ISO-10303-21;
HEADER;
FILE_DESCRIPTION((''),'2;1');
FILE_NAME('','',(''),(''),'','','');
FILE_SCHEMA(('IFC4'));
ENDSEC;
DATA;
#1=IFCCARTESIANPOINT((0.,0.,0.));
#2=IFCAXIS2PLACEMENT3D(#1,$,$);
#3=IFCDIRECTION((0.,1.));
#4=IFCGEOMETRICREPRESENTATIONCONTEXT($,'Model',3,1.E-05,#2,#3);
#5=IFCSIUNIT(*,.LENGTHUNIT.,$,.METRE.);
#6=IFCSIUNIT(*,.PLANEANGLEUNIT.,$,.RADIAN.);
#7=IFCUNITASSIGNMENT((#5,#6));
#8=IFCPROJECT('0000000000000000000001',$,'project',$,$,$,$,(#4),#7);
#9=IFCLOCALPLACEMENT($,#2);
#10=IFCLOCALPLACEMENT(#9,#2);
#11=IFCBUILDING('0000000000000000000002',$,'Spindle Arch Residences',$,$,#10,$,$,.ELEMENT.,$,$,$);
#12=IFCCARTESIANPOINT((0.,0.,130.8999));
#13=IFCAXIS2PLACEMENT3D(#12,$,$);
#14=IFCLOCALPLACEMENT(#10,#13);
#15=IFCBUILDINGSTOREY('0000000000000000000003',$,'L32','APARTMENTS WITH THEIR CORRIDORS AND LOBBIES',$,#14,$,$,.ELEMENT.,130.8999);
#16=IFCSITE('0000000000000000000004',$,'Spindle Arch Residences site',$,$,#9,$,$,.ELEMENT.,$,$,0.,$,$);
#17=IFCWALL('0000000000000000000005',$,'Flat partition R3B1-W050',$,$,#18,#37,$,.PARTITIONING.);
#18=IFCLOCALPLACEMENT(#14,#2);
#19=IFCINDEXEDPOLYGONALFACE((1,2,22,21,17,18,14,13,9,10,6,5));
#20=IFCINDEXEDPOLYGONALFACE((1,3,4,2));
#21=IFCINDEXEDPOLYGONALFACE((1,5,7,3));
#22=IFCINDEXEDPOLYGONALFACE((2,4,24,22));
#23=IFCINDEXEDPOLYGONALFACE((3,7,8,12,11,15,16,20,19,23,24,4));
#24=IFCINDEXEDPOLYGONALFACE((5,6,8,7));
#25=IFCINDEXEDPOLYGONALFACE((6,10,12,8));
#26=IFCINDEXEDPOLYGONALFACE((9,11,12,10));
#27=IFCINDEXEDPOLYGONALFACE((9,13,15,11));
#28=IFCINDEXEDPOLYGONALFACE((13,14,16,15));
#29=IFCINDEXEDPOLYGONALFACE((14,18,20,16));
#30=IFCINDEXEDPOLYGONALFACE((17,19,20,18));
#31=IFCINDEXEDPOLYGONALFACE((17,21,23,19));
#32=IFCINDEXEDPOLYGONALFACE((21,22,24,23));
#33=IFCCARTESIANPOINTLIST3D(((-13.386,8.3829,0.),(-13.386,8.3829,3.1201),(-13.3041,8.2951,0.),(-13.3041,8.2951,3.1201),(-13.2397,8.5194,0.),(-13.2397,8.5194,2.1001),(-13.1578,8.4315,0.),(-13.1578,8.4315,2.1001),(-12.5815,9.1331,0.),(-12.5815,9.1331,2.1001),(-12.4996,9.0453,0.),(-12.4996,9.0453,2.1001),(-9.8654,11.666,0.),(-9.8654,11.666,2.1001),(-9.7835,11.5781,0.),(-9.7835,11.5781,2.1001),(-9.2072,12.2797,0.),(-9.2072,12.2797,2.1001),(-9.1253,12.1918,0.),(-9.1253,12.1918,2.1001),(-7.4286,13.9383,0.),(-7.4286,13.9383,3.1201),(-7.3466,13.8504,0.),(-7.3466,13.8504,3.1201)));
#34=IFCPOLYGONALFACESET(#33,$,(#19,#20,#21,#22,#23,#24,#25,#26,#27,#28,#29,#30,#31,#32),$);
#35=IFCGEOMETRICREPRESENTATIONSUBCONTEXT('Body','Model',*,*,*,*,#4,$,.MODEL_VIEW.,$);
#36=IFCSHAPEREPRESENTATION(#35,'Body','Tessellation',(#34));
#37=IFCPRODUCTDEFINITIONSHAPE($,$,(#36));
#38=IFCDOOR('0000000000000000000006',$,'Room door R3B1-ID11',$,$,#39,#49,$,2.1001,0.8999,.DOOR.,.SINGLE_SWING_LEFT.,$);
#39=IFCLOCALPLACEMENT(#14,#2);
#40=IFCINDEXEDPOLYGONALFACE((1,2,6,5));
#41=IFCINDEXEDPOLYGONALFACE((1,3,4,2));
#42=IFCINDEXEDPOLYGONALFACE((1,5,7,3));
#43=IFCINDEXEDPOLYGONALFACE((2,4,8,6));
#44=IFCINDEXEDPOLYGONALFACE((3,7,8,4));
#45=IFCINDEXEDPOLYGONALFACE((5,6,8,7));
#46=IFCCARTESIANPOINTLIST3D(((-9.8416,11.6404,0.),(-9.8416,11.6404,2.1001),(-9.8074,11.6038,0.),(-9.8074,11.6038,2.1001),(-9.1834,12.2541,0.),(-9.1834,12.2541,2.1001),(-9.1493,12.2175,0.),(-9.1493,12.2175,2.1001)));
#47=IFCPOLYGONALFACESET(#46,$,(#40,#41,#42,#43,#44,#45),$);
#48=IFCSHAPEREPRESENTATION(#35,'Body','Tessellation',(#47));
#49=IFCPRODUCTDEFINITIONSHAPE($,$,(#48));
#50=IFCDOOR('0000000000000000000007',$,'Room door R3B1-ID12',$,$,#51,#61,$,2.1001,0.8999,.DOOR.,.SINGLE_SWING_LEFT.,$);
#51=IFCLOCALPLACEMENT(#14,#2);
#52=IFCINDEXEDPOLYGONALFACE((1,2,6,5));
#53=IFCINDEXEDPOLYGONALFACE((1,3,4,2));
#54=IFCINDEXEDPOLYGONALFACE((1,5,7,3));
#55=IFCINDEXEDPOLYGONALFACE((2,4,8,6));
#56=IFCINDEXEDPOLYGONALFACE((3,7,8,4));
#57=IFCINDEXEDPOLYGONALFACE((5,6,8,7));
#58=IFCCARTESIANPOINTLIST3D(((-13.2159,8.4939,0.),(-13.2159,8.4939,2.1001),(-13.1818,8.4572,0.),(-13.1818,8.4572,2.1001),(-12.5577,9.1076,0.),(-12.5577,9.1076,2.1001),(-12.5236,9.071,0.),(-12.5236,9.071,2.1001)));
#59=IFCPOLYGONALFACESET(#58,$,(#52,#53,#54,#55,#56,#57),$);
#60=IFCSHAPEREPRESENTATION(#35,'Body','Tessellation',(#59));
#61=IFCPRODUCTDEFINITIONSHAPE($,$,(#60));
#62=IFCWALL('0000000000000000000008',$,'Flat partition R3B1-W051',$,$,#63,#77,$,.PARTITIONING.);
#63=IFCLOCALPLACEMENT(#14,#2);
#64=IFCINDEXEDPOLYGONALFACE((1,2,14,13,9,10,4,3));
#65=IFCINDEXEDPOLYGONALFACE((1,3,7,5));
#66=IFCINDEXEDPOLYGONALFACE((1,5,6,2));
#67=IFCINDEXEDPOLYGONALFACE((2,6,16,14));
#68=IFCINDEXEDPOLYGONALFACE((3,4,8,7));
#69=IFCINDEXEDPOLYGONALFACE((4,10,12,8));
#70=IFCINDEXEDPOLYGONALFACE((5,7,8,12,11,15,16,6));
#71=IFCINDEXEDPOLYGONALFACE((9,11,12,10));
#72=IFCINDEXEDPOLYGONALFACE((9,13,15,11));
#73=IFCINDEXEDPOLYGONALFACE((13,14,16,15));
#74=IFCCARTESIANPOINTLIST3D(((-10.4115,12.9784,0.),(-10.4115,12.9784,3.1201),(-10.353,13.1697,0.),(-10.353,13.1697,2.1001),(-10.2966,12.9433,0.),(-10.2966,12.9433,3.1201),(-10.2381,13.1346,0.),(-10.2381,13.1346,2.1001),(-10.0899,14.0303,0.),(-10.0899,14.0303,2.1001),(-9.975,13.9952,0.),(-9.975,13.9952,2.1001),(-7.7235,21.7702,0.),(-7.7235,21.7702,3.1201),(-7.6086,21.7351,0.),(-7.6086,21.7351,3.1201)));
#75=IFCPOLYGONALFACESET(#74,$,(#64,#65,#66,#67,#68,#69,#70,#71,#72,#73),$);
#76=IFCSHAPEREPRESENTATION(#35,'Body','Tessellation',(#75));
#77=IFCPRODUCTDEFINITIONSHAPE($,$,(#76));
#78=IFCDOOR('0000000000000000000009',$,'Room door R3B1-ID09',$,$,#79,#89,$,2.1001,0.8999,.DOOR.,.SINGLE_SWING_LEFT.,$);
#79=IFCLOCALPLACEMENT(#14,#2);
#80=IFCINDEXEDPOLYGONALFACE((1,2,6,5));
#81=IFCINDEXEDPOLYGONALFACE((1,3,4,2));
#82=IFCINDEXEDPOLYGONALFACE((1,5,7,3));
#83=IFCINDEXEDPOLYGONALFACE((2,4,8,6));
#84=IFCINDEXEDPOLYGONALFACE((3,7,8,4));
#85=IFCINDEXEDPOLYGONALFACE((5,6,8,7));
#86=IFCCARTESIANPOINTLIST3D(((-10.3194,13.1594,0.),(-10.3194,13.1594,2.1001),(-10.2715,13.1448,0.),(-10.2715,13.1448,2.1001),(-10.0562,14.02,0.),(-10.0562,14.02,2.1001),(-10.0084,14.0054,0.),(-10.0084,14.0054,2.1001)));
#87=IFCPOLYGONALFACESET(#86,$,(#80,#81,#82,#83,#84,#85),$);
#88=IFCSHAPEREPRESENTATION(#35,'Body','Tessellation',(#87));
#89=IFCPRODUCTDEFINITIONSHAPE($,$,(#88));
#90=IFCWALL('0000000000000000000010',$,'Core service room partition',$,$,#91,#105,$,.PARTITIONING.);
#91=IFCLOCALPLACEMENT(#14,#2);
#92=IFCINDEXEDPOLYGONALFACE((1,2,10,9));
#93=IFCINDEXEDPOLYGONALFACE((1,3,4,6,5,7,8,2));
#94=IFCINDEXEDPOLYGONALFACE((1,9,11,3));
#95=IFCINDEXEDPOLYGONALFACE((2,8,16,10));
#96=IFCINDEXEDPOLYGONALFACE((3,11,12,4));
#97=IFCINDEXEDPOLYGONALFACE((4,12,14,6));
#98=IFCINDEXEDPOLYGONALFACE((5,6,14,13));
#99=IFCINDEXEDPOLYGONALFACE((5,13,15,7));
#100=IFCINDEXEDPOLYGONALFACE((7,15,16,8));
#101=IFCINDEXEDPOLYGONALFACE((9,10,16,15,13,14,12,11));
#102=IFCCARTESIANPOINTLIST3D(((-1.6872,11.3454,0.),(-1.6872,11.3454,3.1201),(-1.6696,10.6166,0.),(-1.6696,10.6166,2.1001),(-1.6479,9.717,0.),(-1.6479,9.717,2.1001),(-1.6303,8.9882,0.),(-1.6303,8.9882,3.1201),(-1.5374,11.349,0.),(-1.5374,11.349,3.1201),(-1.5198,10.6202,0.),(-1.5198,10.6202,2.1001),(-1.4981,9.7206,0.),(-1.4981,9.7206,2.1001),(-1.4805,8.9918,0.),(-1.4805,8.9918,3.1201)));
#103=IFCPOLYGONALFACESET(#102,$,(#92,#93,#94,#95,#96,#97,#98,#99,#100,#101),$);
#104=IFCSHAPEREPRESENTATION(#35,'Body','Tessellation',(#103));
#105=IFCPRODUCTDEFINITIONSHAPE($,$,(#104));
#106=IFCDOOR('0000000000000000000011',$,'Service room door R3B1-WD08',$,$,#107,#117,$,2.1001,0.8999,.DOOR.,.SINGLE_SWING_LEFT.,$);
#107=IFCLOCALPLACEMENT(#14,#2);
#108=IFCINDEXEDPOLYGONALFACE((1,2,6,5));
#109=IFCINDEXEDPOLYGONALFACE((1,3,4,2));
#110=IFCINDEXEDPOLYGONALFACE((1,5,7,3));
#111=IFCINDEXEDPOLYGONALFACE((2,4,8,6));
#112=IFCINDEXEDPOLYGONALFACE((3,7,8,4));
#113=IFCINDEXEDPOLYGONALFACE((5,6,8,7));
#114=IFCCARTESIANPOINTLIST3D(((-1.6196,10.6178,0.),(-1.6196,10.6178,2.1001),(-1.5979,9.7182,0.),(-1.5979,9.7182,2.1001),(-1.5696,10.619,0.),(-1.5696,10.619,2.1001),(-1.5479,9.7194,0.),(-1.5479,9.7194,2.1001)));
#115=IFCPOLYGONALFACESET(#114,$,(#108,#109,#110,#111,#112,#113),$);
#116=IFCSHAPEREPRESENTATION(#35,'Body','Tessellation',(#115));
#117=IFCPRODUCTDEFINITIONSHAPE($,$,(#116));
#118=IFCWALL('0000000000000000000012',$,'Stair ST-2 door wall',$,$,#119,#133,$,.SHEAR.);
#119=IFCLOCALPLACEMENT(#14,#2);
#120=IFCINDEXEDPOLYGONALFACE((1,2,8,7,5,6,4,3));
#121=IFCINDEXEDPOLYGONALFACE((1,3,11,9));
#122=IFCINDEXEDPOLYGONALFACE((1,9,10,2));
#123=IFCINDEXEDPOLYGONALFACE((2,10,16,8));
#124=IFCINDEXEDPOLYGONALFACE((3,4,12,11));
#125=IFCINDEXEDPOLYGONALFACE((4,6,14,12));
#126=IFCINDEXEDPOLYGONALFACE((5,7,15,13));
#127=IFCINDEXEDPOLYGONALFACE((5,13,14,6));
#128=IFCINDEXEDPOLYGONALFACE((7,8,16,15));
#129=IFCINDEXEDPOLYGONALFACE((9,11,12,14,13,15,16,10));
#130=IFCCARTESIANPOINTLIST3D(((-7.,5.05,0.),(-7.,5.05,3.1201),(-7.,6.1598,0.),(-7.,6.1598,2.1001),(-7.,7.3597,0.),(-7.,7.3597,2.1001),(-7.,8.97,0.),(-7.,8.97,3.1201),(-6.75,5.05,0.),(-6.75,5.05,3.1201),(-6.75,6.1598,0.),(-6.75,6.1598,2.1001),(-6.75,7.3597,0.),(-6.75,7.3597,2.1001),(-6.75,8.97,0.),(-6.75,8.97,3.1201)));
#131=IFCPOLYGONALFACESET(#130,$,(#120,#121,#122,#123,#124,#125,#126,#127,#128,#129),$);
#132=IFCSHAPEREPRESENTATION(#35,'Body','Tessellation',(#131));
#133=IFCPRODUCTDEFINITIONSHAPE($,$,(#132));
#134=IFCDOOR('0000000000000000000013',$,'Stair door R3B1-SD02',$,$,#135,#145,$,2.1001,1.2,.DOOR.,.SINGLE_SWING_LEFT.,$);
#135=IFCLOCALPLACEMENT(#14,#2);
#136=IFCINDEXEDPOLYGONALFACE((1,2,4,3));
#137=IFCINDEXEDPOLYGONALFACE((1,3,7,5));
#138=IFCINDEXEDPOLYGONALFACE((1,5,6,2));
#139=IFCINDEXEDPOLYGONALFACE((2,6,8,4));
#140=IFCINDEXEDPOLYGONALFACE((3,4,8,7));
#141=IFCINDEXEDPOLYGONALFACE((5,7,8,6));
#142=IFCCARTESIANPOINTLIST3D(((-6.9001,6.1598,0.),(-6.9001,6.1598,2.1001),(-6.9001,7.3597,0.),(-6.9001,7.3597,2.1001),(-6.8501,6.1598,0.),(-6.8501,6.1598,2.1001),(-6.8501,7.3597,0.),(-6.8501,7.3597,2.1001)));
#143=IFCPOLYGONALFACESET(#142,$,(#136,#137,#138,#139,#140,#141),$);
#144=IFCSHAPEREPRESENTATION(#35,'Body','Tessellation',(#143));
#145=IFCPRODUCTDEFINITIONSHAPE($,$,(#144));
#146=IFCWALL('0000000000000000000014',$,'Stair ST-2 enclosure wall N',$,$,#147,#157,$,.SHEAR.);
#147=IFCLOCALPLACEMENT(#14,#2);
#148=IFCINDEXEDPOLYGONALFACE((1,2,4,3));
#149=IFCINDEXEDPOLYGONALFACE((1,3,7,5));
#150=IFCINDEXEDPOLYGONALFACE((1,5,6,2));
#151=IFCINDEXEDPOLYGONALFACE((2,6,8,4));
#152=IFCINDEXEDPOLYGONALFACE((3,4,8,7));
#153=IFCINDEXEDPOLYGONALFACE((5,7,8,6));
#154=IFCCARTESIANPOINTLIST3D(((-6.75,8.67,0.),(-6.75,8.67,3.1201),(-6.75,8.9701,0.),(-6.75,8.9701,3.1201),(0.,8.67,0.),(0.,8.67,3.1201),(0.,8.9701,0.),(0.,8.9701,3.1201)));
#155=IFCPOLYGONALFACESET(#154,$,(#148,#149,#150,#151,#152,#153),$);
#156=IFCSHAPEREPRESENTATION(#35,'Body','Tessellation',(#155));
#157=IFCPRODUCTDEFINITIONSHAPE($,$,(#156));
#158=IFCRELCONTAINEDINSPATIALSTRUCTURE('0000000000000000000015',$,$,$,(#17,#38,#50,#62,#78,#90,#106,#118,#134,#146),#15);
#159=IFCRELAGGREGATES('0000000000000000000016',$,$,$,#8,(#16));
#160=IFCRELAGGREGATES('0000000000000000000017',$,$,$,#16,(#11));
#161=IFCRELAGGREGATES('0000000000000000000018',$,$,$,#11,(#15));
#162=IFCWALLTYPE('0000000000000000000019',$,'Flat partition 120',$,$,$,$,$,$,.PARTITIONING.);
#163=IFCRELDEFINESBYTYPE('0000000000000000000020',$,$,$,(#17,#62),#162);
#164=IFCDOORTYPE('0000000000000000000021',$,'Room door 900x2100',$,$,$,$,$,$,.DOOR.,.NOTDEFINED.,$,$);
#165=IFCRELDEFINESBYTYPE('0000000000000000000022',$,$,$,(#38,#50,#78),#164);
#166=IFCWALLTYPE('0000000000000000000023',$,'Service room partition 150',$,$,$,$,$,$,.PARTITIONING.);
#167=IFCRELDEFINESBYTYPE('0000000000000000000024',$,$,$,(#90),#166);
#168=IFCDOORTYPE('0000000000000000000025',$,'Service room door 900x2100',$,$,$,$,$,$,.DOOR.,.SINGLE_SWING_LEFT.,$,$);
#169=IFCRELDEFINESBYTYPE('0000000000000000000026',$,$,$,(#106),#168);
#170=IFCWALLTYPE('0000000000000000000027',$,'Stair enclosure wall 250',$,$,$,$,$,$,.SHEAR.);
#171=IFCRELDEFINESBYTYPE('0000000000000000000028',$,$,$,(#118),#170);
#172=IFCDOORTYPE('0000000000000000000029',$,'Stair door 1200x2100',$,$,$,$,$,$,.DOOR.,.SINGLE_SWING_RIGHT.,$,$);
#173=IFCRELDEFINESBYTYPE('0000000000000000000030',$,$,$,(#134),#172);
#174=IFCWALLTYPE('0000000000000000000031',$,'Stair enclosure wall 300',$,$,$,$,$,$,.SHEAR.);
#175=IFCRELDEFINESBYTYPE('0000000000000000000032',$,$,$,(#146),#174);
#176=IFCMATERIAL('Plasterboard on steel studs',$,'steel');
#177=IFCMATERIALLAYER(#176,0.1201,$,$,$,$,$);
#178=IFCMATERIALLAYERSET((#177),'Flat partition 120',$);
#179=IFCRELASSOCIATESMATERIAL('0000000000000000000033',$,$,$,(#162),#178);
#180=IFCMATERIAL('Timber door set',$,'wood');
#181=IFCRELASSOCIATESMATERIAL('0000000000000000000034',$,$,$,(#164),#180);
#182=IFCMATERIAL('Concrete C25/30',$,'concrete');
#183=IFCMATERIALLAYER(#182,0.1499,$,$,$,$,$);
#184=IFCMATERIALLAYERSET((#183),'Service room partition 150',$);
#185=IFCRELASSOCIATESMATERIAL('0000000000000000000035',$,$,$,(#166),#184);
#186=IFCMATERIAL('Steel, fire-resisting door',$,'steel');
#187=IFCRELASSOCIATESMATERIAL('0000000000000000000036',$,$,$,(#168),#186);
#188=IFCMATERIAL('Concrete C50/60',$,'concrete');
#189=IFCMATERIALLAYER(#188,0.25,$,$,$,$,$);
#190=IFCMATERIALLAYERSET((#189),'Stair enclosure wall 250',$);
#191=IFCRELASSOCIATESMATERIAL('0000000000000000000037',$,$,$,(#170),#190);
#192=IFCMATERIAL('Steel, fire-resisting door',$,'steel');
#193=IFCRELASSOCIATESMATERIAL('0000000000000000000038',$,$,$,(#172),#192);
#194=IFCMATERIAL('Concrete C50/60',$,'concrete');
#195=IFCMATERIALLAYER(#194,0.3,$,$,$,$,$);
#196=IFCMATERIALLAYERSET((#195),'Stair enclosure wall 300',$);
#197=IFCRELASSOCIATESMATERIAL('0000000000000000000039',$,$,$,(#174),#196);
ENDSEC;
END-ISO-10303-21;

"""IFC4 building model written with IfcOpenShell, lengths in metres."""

from ifc_helpers import new_model, si_unit, direction, frame, frame_2d, origin, place, context, subcontext, project, spatial, rectangle, extrude, material, layer, layer_set, type_object, element, fill, save


model = new_model("IFC4")

# Units and contexts
model_context = context("Model", 3, precision=1e-05, world=origin(), true_north=direction((0.0, 1.0)))
body_context = subcontext(model_context, "Body", "Model", "MODEL_VIEW")
ifc_project = project(units=[si_unit("LENGTHUNIT", "METRE"), si_unit("PLANEANGLEUNIT", "RADIAN")], contexts=[model_context])

# Site, building, storey
site_placement = place(None, origin())
site = spatial("IfcSite", under=ifc_project, at=site_placement, Name="Spindle Arch Residences site", CompositionType="ELEMENT", RefElevation=0.0)
building_placement = place(site_placement, origin())
building = spatial("IfcBuilding", under=site, at=building_placement, Name="Spindle Arch Residences", CompositionType="ELEMENT")
storey_placement = place(building_placement, frame((0.0, 0.0, 130.8999)))
storey = spatial("IfcBuildingStorey", under=building, at=storey_placement, Name="L32", Description="APARTMENTS WITH THEIR CORRIDORS AND LOBBIES", CompositionType="ELEMENT", Elevation=130.8999)

# Shared definitions
ifc_material_1 = material(Name="Plasterboard on steel studs", Category="steel")
ifc_layer_1 = layer(ifc_material_1, 0.1201)
ifc_layer_set_1 = layer_set([ifc_layer_1], Name="Flat partition 120")
wall_type_1 = type_object("IfcWallType", Name="Flat partition 120", PredefinedType="PARTITIONING", material=ifc_layer_set_1)
ifc_material_2 = material(Name="Timber door set", Category="wood")
door_type_1 = type_object("IfcDoorType", Name="Room door 900x2100", OperationType="NOTDEFINED", PredefinedType="DOOR", material=ifc_material_2)

# Wall, openings, doors
wall_1_placement = place(storey_placement, frame((-7.3877, 13.8943, 0.0), z_axis=(0.0, 0.0, 1.0), x_axis=(-0.731357, -0.681995, 0.0)))
wall_1 = element("IfcWall", 1, at=wall_1_placement, inside=storey, type_object=wall_type_1, Name="Flat partition R3B1-W050", PredefinedType="PARTITIONING", context=body_context, shape_type="SweptSolid", body=[
    extrude(rectangle(XDim=8.1458, YDim=0.1201, at=frame_2d((4.0728, 0.0))), origin(), (0.0, 0.0, 1.0), 3.1201),
])
opening_1_placement = place(wall_1_placement, frame((2.4319, 0.0, 0.0)))
opening_1 = element("IfcOpeningElement", 2, at=opening_1_placement, cuts=wall_1, PredefinedType="OPENING", context=body_context, shape_type="SweptSolid", body=[
    extrude(rectangle(XDim=0.8999, YDim=2.1001, at=frame_2d((0.45, 1.05))), frame((0.0, 0.0701, 0.0), z_axis=(0.0, -1.0, 0.0), x_axis=(1.0, 0.0, 0.0)), (0.0, 0.0, 1.0), 0.1401),
])
opening_2_placement = place(wall_1_placement, frame((7.0457, 0.0, 0.0)))
opening_2 = element("IfcOpeningElement", 3, at=opening_2_placement, cuts=wall_1, PredefinedType="OPENING", context=body_context, shape_type="SweptSolid", body=[
    extrude(rectangle(XDim=0.8999, YDim=2.1001, at=frame_2d((0.45, 1.05))), frame((0.0, 0.0701, 0.0), z_axis=(0.0, -1.0, 0.0), x_axis=(1.0, 0.0, 0.0)), (0.0, 0.0, 1.0), 0.1401),
])
door_1_placement = place(opening_1_placement, origin())
door_1 = element("IfcDoor", 4, at=door_1_placement, inside=storey, type_object=door_type_1, Name="Room door R3B1-ID11", OperationType="SINGLE_SWING_LEFT", OverallHeight=2.1001, OverallWidth=0.8999, PredefinedType="DOOR", context=body_context, shape_type="SweptSolid", body=[
    extrude(rectangle(XDim=0.8999, YDim=2.1001, at=frame_2d((0.45, 1.05))), frame((0.0, 0.0249, 0.0), z_axis=(0.0, -1.0, 0.0), x_axis=(1.0, 0.0, 0.0)), (0.0, 0.0, 1.0), 0.05),
])
fill(opening_1, door_1)
door_2_placement = place(opening_2_placement, origin())
door_2 = element("IfcDoor", 5, at=door_2_placement, inside=storey, type_object=door_type_1, Name="Room door R3B1-ID12", OperationType="SINGLE_SWING_LEFT", OverallHeight=2.1001, OverallWidth=0.8999, PredefinedType="DOOR", context=body_context, shape_type="SweptSolid", body=[
    extrude(rectangle(XDim=0.8999, YDim=2.1001, at=frame_2d((0.45, 1.05))), frame((0.0, 0.0249, 0.0), z_axis=(0.0, -1.0, 0.0), x_axis=(1.0, 0.0, 0.0)), (0.0, 0.0, 1.0), 0.05),
])
fill(opening_2, door_2)

# Walls, openings, doors
wall_2_placement = place(storey_placement, frame((-10.354, 12.9609, 0.0), z_axis=(0.0, 0.0, 1.0), x_axis=(0.29238, 0.956302, 0.0)))
wall_2 = element("IfcWall", 6, at=wall_2_placement, inside=storey, type_object=wall_type_1, Name="Flat partition R3B1-W051", PredefinedType="PARTITIONING", context=body_context, shape_type="SweptSolid", body=[
    extrude(rectangle(XDim=9.1936, YDim=0.1201, at=frame_2d((4.5967, 0.0))), origin(), (0.0, 0.0, 1.0), 3.1201),
])
opening_3_placement = place(wall_2_placement, frame((0.2, 0.0, 0.0)))
opening_3 = element("IfcOpeningElement", 7, at=opening_3_placement, cuts=wall_2, PredefinedType="OPENING", context=body_context, shape_type="SweptSolid", body=[
    extrude(rectangle(XDim=0.8999, YDim=2.1001, at=frame_2d((0.45, 1.05))), frame((0.0, 0.0701, 0.0), z_axis=(0.0, -1.0, 0.0), x_axis=(1.0, 0.0, 0.0)), (0.0, 0.0, 1.0), 0.1401),
])
door_3_placement = place(opening_3_placement, origin())
door_3 = element("IfcDoor", 8, at=door_3_placement, inside=storey, type_object=door_type_1, Name="Room door R3B1-ID09", OperationType="SINGLE_SWING_LEFT", OverallHeight=2.1001, OverallWidth=0.8999, PredefinedType="DOOR", context=body_context, shape_type="SweptSolid", body=[
    extrude(rectangle(XDim=0.8999, YDim=2.1001, at=frame_2d((0.45, 1.05))), frame((0.0, 0.0249, 0.0), z_axis=(0.0, -1.0, 0.0), x_axis=(1.0, 0.0, 0.0)), (0.0, 0.0, 1.0), 0.05),
])
fill(opening_3, door_3)
ifc_material_3 = material(Name="Concrete C25/30", Category="concrete")
ifc_layer_2 = layer(ifc_material_3, 0.1499)
ifc_layer_set_2 = layer_set([ifc_layer_2], Name="Service room partition 150")
wall_type_2 = type_object("IfcWallType", Name="Service room partition 150", PredefinedType="PARTITIONING", material=ifc_layer_set_2)
wall_3_placement = place(storey_placement, frame((-1.5554, 8.99, 0.0), z_axis=(0.0, 0.0, 1.0), x_axis=(-0.024126, 0.999709, 0.0)))
wall_3 = element("IfcWall", 9, at=wall_3_placement, inside=storey, type_object=wall_type_2, Name="Core service room partition", PredefinedType="PARTITIONING", context=body_context, shape_type="SweptSolid", body=[
    extrude(rectangle(XDim=2.3579, YDim=0.1499, at=frame_2d((1.179, 0.0))), origin(), (0.0, 0.0, 1.0), 3.1201),
])
opening_4_placement = place(wall_3_placement, frame((0.729, 0.0, 0.0)))
opening_4 = element("IfcOpeningElement", 10, at=opening_4_placement, cuts=wall_3, PredefinedType="OPENING", context=body_context, shape_type="SweptSolid", body=[
    extrude(rectangle(XDim=0.8999, YDim=2.1001, at=frame_2d((0.45, 1.05))), frame((0.0, 0.085, 0.0), z_axis=(0.0, -1.0, 0.0), x_axis=(1.0, 0.0, 0.0)), (0.0, 0.0, 1.0), 0.1699),
])
ifc_material_4 = material(Name="Steel, fire-resisting door", Category="steel")
door_type_2 = type_object("IfcDoorType", Name="Service room door 900x2100", OperationType="SINGLE_SWING_LEFT", PredefinedType="DOOR", material=ifc_material_4)
door_4_placement = place(opening_4_placement, origin())
door_4 = element("IfcDoor", 11, at=door_4_placement, inside=storey, type_object=door_type_2, Name="Service room door R3B1-WD08", OperationType="SINGLE_SWING_LEFT", OverallHeight=2.1001, OverallWidth=0.8999, PredefinedType="DOOR", context=body_context, shape_type="SweptSolid", body=[
    extrude(rectangle(XDim=0.8999, YDim=2.1001, at=frame_2d((0.45, 1.05))), frame((0.0, 0.0249, 0.0), z_axis=(0.0, -1.0, 0.0), x_axis=(1.0, 0.0, 0.0)), (0.0, 0.0, 1.0), 0.05),
])
fill(opening_4, door_4)
ifc_material_5 = material(Name="Concrete C50/60", Category="concrete")
ifc_layer_3 = layer(ifc_material_5, 0.25)
ifc_layer_set_3 = layer_set([ifc_layer_3], Name="Stair enclosure wall 250")
wall_type_3 = type_object("IfcWallType", Name="Stair enclosure wall 250", PredefinedType="SHEAR", material=ifc_layer_set_3)
wall_4_placement = place(storey_placement, frame((-6.875, 8.97, 0.0), z_axis=(0.0, 0.0, 1.0), x_axis=(0.0, -1.0, 0.0)))
wall_4 = element("IfcWall", 12, at=wall_4_placement, inside=storey, type_object=wall_type_3, Name="Stair ST-2 door wall", PredefinedType="SHEAR", context=body_context, shape_type="SweptSolid", body=[
    extrude(rectangle(XDim=3.9199, YDim=0.25, at=frame_2d((1.96, 0.0))), origin(), (0.0, 0.0, 1.0), 3.1201),
])
opening_5_placement = place(wall_4_placement, frame((1.6101, 0.0, 0.0)))
opening_5 = element("IfcOpeningElement", 13, at=opening_5_placement, cuts=wall_4, PredefinedType="OPENING", context=body_context, shape_type="SweptSolid", body=[
    extrude(rectangle(XDim=1.2, YDim=2.1001, at=frame_2d((0.6001, 1.05))), frame((0.0, 0.135, 0.0), z_axis=(0.0, -1.0, 0.0), x_axis=(1.0, 0.0, 0.0)), (0.0, 0.0, 1.0), 0.27),
])
ifc_material_6 = material(Name="Steel, fire-resisting door", Category="steel")
door_type_3 = type_object("IfcDoorType", Name="Stair door 1200x2100", OperationType="SINGLE_SWING_RIGHT", PredefinedType="DOOR", material=ifc_material_6)
door_5_placement = place(opening_5_placement, origin())
door_5 = element("IfcDoor", 14, at=door_5_placement, inside=storey, type_object=door_type_3, Name="Stair door R3B1-SD02", OperationType="SINGLE_SWING_LEFT", OverallHeight=2.1001, OverallWidth=1.2, PredefinedType="DOOR", context=body_context, shape_type="SweptSolid", body=[
    extrude(rectangle(XDim=1.2, YDim=2.1001, at=frame_2d((0.6001, 1.05))), frame((0.0, 0.0249, 0.0), z_axis=(0.0, -1.0, 0.0), x_axis=(1.0, 0.0, 0.0)), (0.0, 0.0, 1.0), 0.05),
])
fill(opening_5, door_5)

# Wall
ifc_material_7 = material(Name="Concrete C50/60", Category="concrete")
ifc_layer_4 = layer(ifc_material_7, 0.3)
ifc_layer_set_4 = layer_set([ifc_layer_4], Name="Stair enclosure wall 300")
wall_type_4 = type_object("IfcWallType", Name="Stair enclosure wall 300", PredefinedType="SHEAR", material=ifc_layer_set_4)
wall_5_placement = place(storey_placement, frame((-6.75, 8.8201, 0.0), z_axis=(0.0, 0.0, 1.0), x_axis=(1.0, 0.0, 0.0)))
element("IfcWall", 15, at=wall_5_placement, inside=storey, type_object=wall_type_4, Name="Stair ST-2 enclosure wall N", PredefinedType="SHEAR", context=body_context, shape_type="SweptSolid", body=[
    extrude(rectangle(XDim=6.75, YDim=0.3, at=frame_2d((3.375, 0.0))), origin(), (0.0, 0.0, 1.0), 3.1201),
])

save(model, "model.ifc")
